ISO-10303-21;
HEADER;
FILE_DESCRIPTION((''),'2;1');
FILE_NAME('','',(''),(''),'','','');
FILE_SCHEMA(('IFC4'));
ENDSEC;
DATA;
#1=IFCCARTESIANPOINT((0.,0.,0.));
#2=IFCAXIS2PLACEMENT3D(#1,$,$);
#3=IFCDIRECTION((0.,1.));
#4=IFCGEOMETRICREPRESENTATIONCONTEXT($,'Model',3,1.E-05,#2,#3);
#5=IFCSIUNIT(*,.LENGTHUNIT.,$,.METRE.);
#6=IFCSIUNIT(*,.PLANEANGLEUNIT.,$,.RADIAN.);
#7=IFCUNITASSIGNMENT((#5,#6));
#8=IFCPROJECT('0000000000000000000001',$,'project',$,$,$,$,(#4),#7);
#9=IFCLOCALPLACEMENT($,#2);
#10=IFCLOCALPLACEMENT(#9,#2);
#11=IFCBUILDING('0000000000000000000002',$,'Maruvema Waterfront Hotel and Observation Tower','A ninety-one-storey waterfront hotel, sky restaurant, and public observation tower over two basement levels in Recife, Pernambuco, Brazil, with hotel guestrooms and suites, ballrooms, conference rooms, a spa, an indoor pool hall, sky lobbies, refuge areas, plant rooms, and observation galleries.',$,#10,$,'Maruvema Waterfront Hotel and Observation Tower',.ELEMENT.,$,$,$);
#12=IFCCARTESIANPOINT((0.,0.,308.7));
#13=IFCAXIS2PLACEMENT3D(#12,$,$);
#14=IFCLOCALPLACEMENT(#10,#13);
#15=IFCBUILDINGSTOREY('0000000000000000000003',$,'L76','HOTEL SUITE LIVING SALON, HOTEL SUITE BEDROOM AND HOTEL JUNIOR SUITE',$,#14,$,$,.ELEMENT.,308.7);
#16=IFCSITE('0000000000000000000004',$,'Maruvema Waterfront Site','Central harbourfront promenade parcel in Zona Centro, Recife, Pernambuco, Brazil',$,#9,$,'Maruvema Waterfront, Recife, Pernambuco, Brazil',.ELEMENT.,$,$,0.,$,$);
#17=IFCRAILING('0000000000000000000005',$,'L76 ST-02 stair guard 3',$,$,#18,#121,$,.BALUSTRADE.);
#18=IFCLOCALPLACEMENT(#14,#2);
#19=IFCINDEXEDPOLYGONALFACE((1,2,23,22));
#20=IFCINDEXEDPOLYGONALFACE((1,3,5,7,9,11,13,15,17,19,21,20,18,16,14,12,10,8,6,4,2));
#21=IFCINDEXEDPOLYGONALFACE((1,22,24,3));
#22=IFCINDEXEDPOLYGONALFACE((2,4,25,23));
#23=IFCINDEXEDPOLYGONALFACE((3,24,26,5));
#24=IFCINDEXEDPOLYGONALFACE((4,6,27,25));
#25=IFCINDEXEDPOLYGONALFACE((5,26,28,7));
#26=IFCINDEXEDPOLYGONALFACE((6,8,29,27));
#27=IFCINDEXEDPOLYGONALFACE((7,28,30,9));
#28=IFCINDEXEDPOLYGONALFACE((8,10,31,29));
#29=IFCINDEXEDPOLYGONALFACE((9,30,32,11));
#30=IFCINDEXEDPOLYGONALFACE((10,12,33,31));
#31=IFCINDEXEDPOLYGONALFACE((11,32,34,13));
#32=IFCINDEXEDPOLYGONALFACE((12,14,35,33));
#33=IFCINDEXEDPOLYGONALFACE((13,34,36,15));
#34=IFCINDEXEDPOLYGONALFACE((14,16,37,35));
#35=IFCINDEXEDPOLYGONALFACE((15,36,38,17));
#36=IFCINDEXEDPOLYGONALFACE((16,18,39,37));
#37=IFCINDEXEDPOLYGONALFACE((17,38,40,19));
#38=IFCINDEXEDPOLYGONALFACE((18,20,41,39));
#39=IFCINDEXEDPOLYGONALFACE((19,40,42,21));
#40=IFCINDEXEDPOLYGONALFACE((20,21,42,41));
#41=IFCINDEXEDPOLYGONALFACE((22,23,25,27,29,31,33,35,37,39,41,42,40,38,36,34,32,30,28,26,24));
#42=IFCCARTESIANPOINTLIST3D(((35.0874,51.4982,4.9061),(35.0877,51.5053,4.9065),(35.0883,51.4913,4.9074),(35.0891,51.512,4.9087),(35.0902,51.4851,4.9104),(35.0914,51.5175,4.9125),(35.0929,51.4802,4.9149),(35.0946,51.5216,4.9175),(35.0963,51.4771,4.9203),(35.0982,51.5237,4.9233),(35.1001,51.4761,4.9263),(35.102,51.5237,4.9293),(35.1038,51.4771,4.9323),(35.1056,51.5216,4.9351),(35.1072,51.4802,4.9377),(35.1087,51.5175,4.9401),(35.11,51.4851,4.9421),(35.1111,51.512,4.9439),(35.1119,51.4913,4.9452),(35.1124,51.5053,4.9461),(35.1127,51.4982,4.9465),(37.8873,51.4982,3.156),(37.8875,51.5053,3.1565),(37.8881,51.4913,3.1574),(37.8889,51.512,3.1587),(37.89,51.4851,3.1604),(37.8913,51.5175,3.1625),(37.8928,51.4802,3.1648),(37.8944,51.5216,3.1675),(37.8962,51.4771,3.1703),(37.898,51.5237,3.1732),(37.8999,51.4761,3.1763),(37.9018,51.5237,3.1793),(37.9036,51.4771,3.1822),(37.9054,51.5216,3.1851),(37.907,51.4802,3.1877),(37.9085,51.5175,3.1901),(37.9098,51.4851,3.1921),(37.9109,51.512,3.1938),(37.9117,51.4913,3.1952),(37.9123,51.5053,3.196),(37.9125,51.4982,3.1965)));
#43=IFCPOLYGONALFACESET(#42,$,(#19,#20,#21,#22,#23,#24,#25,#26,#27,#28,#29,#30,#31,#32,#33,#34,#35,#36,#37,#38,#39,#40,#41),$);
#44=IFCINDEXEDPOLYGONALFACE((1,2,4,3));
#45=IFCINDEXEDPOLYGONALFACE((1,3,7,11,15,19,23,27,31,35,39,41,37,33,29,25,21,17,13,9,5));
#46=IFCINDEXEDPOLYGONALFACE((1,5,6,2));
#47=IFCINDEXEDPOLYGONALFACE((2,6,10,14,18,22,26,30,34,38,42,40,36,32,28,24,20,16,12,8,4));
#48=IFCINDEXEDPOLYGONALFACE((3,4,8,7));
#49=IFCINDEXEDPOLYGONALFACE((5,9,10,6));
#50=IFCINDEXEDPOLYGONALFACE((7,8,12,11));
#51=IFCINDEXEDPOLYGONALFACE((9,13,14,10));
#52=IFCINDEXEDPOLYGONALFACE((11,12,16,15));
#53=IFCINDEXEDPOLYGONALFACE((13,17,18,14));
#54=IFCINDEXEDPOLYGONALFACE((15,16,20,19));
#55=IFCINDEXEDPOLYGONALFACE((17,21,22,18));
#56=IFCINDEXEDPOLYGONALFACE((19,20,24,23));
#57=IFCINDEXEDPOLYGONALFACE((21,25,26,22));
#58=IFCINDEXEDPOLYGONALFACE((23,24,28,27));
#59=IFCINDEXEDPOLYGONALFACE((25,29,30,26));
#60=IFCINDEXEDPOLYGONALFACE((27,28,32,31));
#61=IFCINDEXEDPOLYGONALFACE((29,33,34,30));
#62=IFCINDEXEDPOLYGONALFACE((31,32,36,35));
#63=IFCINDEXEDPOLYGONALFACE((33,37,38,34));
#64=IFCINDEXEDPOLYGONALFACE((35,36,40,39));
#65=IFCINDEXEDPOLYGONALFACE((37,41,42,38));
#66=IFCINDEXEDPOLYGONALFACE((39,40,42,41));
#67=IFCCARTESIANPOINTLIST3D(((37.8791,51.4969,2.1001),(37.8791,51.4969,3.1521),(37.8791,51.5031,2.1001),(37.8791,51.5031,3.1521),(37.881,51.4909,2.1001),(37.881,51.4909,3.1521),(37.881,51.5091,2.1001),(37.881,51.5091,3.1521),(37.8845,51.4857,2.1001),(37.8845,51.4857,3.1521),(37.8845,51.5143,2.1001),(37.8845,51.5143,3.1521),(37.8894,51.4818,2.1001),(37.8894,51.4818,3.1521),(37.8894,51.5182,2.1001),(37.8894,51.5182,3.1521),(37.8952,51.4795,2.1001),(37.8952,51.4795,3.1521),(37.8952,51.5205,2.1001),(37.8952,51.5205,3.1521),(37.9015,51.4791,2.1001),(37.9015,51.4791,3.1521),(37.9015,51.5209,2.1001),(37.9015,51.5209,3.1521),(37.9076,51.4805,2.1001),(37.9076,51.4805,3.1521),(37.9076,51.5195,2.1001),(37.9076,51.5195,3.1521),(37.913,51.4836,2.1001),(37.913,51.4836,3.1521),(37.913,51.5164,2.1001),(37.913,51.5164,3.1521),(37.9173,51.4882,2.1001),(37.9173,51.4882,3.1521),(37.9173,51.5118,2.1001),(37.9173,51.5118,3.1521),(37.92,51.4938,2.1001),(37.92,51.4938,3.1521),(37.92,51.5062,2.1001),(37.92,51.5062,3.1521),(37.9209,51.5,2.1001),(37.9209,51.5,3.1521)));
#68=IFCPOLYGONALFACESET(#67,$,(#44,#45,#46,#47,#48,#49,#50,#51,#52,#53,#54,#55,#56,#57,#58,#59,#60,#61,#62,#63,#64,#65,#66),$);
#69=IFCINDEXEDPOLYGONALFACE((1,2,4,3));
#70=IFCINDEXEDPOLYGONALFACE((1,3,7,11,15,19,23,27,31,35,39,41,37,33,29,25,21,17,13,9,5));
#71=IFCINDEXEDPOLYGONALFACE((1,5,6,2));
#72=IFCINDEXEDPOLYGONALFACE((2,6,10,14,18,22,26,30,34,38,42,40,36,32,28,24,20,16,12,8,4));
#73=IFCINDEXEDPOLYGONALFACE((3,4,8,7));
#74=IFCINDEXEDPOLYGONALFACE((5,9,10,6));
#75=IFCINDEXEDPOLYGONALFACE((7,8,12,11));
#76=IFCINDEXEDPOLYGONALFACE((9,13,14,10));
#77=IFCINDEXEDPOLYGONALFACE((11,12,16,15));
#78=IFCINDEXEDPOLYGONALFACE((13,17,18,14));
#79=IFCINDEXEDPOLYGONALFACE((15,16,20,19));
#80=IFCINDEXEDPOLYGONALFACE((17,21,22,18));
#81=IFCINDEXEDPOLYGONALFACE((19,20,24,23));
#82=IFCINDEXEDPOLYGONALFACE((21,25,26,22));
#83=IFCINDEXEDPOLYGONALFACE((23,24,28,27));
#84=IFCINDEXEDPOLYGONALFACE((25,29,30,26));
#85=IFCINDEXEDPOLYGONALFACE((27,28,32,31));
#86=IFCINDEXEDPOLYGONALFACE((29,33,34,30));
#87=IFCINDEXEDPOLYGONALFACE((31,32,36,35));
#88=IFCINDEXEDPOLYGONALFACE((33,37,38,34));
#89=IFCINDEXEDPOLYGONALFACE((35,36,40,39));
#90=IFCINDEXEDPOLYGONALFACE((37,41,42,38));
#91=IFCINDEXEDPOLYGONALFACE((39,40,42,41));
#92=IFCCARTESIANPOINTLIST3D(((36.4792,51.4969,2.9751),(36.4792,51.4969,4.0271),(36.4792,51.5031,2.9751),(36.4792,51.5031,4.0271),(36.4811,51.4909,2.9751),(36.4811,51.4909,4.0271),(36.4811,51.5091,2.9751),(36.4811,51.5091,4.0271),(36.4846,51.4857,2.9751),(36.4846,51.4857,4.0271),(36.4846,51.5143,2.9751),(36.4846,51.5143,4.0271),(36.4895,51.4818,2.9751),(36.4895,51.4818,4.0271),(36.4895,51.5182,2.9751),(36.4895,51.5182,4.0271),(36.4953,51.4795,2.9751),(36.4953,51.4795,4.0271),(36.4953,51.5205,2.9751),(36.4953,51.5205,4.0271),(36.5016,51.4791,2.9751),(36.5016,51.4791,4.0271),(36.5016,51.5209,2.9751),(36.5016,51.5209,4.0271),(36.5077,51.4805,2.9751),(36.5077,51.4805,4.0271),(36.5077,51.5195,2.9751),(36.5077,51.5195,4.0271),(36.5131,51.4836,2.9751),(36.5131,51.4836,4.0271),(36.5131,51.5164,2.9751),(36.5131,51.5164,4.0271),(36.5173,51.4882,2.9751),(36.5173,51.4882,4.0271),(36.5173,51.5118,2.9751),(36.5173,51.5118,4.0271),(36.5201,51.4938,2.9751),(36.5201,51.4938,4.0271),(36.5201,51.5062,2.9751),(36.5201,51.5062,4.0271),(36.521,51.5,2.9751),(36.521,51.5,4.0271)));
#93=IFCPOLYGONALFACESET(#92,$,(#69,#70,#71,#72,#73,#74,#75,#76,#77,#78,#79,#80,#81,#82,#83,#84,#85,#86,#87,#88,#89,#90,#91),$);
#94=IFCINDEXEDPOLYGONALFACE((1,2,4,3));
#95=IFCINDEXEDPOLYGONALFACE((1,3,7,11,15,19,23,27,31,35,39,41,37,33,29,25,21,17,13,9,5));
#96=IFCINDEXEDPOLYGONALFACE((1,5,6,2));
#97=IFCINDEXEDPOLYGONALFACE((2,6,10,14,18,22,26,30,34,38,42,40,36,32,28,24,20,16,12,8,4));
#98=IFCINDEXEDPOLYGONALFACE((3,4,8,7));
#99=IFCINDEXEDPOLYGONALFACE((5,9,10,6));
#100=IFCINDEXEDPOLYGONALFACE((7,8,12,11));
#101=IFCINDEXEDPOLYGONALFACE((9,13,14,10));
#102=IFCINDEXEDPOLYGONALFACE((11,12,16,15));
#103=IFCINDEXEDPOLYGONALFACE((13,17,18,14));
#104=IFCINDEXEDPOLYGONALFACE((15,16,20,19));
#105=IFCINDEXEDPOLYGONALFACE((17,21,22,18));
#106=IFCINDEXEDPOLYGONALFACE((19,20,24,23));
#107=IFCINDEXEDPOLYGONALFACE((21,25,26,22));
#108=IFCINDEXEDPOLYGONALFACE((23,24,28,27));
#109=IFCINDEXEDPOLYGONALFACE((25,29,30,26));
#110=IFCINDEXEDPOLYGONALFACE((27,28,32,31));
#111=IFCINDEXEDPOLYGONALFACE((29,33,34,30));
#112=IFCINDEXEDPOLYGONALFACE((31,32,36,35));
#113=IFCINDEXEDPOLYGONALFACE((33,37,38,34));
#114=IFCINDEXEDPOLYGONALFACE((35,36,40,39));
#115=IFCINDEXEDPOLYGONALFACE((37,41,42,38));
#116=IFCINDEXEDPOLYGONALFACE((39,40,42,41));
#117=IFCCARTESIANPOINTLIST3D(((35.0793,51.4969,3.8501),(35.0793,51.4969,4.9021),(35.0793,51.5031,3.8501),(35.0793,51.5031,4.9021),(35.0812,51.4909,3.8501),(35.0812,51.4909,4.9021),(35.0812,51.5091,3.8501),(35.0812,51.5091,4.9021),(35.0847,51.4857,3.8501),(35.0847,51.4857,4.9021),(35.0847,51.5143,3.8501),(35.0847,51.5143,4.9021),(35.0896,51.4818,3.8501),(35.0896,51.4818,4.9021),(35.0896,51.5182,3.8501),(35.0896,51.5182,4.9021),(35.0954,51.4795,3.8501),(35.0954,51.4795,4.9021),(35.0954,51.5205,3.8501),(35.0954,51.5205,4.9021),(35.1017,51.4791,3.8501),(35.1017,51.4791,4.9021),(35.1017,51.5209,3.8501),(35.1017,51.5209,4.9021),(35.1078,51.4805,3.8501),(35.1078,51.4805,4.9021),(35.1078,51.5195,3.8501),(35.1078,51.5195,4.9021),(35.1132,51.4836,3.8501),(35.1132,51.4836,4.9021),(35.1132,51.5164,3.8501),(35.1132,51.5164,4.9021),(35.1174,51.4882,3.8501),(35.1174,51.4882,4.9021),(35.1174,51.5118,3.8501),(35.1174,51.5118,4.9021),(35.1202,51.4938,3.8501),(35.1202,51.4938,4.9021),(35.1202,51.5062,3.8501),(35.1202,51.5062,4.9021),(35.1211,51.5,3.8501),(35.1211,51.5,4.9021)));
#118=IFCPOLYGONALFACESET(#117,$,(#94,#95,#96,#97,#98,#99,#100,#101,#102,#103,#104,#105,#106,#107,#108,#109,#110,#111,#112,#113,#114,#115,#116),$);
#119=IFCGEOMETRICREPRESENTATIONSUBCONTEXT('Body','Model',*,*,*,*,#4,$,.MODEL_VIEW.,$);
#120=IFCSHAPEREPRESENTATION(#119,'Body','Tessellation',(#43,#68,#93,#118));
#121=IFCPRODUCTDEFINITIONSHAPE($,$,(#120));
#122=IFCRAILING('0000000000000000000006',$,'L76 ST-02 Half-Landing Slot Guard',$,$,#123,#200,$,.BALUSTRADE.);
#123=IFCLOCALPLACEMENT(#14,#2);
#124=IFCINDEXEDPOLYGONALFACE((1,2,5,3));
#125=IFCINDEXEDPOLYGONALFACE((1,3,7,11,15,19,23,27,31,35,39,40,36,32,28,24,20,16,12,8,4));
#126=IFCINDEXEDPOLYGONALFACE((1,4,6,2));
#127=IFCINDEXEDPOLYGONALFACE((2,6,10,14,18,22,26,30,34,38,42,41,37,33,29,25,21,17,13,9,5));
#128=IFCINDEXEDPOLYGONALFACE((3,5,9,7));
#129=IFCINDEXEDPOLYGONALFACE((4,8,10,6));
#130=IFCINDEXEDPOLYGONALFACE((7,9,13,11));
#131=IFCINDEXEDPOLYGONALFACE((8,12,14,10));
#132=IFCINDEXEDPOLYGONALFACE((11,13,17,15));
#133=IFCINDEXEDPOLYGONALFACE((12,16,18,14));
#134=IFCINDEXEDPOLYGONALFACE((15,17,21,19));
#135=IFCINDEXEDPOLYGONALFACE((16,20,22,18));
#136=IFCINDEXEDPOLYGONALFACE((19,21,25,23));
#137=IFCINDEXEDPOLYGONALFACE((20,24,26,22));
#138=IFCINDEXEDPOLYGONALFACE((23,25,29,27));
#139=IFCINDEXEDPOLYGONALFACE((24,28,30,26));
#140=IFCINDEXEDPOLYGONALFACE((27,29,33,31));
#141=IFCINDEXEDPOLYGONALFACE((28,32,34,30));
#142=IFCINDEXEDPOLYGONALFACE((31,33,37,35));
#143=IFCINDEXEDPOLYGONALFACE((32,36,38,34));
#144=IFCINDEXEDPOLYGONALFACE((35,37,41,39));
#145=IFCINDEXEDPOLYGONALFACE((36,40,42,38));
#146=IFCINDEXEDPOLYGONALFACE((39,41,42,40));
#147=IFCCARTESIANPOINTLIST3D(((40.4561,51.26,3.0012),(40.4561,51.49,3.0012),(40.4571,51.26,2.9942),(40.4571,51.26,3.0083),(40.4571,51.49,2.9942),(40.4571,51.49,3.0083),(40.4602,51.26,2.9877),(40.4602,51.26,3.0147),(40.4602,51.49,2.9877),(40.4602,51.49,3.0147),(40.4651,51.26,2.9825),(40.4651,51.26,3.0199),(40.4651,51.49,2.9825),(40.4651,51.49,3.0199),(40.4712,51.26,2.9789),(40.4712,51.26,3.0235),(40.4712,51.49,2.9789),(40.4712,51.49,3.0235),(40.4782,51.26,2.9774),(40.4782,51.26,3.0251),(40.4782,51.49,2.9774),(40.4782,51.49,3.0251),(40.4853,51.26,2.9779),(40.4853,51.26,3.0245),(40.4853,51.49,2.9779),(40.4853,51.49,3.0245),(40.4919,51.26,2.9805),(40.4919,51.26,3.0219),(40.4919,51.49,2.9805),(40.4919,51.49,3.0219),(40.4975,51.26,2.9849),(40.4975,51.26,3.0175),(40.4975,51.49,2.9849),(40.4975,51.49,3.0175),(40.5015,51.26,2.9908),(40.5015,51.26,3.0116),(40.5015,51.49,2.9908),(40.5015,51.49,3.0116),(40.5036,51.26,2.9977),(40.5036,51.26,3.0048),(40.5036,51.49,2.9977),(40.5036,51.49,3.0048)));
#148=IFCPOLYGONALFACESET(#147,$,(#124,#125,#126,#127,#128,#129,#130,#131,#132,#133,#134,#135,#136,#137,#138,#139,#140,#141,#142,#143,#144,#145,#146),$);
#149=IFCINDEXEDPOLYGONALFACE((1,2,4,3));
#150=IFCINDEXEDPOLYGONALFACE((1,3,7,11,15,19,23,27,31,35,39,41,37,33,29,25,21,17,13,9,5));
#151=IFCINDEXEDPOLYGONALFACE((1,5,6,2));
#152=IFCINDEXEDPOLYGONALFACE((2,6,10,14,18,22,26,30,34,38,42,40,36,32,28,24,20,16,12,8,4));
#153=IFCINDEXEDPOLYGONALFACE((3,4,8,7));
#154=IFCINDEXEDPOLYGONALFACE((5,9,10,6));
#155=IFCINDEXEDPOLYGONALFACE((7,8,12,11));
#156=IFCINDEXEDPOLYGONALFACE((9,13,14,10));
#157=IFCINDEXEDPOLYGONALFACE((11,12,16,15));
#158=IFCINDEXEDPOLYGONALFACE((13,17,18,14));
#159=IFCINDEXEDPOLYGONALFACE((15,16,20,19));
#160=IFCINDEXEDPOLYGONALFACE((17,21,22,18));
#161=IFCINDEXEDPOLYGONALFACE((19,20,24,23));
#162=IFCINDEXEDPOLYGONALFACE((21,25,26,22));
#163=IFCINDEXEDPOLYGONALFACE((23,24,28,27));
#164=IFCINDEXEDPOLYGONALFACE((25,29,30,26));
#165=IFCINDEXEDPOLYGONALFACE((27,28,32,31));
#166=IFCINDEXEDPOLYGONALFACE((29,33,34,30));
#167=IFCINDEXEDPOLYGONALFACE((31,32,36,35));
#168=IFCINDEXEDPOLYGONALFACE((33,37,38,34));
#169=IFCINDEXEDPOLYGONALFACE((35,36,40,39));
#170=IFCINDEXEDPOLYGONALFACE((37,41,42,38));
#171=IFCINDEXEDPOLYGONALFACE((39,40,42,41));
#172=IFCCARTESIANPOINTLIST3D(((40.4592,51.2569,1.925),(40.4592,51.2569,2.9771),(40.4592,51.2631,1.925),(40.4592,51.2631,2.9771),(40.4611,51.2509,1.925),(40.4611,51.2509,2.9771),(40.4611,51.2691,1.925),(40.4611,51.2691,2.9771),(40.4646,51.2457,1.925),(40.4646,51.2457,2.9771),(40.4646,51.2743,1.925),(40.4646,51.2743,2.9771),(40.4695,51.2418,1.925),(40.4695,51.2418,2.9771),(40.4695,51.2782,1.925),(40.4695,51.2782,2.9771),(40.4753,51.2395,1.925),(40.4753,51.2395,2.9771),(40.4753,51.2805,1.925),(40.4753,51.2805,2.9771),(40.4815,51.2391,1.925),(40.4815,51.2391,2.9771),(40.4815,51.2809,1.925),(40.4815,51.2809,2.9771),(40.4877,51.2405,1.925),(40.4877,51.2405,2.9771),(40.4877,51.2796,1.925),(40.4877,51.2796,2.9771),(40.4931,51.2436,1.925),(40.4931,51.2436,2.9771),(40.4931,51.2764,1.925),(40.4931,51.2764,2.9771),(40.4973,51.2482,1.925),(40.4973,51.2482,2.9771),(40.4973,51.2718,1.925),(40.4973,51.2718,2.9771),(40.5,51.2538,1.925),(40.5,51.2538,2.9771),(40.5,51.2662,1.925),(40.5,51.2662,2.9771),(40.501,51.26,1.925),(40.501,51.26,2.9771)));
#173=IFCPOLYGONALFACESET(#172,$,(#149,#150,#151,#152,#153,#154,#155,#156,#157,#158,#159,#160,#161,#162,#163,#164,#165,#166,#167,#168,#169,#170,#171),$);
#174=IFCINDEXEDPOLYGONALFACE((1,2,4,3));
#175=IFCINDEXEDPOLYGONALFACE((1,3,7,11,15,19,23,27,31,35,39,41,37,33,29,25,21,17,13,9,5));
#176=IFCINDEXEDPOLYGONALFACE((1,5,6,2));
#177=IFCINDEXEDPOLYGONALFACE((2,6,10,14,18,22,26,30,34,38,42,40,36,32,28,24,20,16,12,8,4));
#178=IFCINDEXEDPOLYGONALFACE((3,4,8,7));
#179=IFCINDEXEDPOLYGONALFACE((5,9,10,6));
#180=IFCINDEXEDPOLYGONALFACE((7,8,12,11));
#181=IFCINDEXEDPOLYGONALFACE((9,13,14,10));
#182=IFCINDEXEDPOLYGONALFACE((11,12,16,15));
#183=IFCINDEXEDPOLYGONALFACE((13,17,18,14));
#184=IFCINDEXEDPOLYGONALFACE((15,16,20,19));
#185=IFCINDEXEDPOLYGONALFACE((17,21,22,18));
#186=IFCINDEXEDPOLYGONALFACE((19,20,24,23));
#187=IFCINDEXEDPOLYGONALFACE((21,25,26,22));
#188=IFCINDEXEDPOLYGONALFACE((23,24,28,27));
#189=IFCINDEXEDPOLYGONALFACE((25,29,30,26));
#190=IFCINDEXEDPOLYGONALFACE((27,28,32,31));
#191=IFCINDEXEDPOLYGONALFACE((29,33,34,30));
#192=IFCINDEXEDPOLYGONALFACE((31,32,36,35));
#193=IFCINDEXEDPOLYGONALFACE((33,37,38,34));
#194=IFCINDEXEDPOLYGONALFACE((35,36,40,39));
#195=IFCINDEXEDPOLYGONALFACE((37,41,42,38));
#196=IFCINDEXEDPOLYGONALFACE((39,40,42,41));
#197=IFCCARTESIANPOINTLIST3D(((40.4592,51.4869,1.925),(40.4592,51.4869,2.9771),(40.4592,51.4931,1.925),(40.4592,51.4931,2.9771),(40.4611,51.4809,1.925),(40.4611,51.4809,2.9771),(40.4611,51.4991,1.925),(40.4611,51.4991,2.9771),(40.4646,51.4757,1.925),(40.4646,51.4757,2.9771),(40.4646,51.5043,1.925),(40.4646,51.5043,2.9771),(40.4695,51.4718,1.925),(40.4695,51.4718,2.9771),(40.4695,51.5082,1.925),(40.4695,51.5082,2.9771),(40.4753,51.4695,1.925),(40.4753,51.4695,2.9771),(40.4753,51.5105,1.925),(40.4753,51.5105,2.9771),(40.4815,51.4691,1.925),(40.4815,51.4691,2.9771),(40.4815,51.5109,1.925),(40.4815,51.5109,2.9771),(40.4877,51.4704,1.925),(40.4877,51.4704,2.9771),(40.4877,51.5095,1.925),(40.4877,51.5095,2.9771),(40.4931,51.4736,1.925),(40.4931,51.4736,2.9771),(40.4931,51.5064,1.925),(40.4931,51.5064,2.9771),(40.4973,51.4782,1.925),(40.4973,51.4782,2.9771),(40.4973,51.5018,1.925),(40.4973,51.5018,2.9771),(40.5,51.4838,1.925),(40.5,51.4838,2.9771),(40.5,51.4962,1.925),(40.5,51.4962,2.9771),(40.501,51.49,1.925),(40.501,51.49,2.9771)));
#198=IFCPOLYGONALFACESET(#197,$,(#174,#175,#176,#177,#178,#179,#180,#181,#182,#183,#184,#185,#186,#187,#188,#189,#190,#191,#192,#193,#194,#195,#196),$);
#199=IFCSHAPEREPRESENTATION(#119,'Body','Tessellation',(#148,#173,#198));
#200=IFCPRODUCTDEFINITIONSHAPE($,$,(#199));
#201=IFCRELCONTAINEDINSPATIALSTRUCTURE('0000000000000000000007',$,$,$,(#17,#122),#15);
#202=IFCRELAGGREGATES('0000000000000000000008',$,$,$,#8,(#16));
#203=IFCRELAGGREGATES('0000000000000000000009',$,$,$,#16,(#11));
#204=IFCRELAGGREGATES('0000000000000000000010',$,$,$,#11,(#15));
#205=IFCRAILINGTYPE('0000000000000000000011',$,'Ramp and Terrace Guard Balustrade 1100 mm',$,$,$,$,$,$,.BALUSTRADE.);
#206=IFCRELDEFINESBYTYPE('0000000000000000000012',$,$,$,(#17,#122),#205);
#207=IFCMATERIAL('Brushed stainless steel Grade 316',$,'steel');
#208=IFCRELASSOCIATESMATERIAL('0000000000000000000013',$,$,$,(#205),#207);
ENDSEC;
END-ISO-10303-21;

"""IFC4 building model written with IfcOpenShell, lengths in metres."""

from ifc_helpers import new_model, si_unit, direction, frame, origin, origin_2d, place, context, subcontext, project, spatial, circle, extrude, material, type_object, element, save


model = new_model("IFC4")

# Units and contexts
model_context = context("Model", 3, precision=1e-05, world=origin(), true_north=direction((0.0, 1.0)))
body_context = subcontext(model_context, "Body", "Model", "MODEL_VIEW")
ifc_project = project(units=[si_unit("LENGTHUNIT", "METRE"), si_unit("PLANEANGLEUNIT", "RADIAN")], contexts=[model_context])

# Site, building, storey
site_placement = place(None, origin())
site = spatial("IfcSite", under=ifc_project, at=site_placement, Name="Maruvema Waterfront Site", Description="Central harbourfront promenade parcel in Zona Centro, Recife, Pernambuco, Brazil", LongName="Maruvema Waterfront, Recife, Pernambuco, Brazil", CompositionType="ELEMENT", RefElevation=0.0)
building_placement = place(site_placement, origin())
building = spatial("IfcBuilding", under=site, at=building_placement, Name="Maruvema Waterfront Hotel and Observation Tower", Description="A ninety-one-storey waterfront hotel, sky restaurant, and public observation tower over two basement levels in Recife, Pernambuco, Brazil, with hotel guestrooms and suites, ballrooms, conference rooms, a spa, an indoor pool hall, sky lobbies, refuge areas, plant rooms, and observation galleries.", LongName="Maruvema Waterfront Hotel and Observation Tower", CompositionType="ELEMENT")
storey_placement = place(building_placement, frame((0.0, 0.0, 308.7)))
storey = spatial("IfcBuildingStorey", under=building, at=storey_placement, Name="L76", Description="HOTEL SUITE LIVING SALON, HOTEL SUITE BEDROOM AND HOTEL JUNIOR SUITE", CompositionType="ELEMENT", Elevation=308.7)

# Railings
ifc_material_1 = material(Name="Brushed stainless steel Grade 316", Category="steel")
railing_type_1 = type_object("IfcRailingType", Name="Ramp and Terrace Guard Balustrade 1100 mm", PredefinedType="BALUSTRADE", material=ifc_material_1)
railing_1_placement = place(storey_placement, frame((37.8999, 51.5, 2.1001)))
element("IfcRailing", 1, at=railing_1_placement, inside=storey, type_object=railing_type_1, Name="L76 ST-02 stair guard 3", PredefinedType="BALUSTRADE", context=body_context, shape_type="SweptSolid", body=[
    extrude(circle(Radius=0.0239, at=origin_2d()), frame((0.0, 0.0, 1.0762), z_axis=(-0.847982, 0.0, 0.530026), x_axis=(0.0, -1.0, 0.0)), (0.0, 0.0, 1.0), 3.3018),
    extrude(circle(Radius=0.021, at=origin_2d()), origin(), (0.0, 0.0, 1.0), 1.052),
    extrude(circle(Radius=0.021, at=origin_2d()), frame((-1.3999, 0.0, 0.875)), (0.0, 0.0, 1.0), 1.052),
    extrude(circle(Radius=0.021, at=origin_2d()), frame((-2.7998, 0.0, 1.75)), (0.0, 0.0, 1.0), 1.052),
])
railing_2_placement = place(storey_placement, frame((40.48, 51.26, 1.925)))
element("IfcRailing", 2, at=railing_2_placement, inside=storey, type_object=railing_type_1, Name="L76 ST-02 Half-Landing Slot Guard", PredefinedType="BALUSTRADE", context=body_context, shape_type="SweptSolid", body=[
    extrude(circle(Radius=0.0239, at=origin_2d()), frame((0.0, 0.0, 1.0762), z_axis=(0.0, 1.0, 0.0), x_axis=(-1.0, 0.0, 0.0)), (0.0, 0.0, 1.0), 0.23),
    extrude(circle(Radius=0.021, at=origin_2d()), origin(), (0.0, 0.0, 1.0), 1.052),
    extrude(circle(Radius=0.021, at=origin_2d()), frame((0.0, 0.23, 0.0)), (0.0, 0.0, 1.0), 1.052),
])

save(model, "model.ifc")
